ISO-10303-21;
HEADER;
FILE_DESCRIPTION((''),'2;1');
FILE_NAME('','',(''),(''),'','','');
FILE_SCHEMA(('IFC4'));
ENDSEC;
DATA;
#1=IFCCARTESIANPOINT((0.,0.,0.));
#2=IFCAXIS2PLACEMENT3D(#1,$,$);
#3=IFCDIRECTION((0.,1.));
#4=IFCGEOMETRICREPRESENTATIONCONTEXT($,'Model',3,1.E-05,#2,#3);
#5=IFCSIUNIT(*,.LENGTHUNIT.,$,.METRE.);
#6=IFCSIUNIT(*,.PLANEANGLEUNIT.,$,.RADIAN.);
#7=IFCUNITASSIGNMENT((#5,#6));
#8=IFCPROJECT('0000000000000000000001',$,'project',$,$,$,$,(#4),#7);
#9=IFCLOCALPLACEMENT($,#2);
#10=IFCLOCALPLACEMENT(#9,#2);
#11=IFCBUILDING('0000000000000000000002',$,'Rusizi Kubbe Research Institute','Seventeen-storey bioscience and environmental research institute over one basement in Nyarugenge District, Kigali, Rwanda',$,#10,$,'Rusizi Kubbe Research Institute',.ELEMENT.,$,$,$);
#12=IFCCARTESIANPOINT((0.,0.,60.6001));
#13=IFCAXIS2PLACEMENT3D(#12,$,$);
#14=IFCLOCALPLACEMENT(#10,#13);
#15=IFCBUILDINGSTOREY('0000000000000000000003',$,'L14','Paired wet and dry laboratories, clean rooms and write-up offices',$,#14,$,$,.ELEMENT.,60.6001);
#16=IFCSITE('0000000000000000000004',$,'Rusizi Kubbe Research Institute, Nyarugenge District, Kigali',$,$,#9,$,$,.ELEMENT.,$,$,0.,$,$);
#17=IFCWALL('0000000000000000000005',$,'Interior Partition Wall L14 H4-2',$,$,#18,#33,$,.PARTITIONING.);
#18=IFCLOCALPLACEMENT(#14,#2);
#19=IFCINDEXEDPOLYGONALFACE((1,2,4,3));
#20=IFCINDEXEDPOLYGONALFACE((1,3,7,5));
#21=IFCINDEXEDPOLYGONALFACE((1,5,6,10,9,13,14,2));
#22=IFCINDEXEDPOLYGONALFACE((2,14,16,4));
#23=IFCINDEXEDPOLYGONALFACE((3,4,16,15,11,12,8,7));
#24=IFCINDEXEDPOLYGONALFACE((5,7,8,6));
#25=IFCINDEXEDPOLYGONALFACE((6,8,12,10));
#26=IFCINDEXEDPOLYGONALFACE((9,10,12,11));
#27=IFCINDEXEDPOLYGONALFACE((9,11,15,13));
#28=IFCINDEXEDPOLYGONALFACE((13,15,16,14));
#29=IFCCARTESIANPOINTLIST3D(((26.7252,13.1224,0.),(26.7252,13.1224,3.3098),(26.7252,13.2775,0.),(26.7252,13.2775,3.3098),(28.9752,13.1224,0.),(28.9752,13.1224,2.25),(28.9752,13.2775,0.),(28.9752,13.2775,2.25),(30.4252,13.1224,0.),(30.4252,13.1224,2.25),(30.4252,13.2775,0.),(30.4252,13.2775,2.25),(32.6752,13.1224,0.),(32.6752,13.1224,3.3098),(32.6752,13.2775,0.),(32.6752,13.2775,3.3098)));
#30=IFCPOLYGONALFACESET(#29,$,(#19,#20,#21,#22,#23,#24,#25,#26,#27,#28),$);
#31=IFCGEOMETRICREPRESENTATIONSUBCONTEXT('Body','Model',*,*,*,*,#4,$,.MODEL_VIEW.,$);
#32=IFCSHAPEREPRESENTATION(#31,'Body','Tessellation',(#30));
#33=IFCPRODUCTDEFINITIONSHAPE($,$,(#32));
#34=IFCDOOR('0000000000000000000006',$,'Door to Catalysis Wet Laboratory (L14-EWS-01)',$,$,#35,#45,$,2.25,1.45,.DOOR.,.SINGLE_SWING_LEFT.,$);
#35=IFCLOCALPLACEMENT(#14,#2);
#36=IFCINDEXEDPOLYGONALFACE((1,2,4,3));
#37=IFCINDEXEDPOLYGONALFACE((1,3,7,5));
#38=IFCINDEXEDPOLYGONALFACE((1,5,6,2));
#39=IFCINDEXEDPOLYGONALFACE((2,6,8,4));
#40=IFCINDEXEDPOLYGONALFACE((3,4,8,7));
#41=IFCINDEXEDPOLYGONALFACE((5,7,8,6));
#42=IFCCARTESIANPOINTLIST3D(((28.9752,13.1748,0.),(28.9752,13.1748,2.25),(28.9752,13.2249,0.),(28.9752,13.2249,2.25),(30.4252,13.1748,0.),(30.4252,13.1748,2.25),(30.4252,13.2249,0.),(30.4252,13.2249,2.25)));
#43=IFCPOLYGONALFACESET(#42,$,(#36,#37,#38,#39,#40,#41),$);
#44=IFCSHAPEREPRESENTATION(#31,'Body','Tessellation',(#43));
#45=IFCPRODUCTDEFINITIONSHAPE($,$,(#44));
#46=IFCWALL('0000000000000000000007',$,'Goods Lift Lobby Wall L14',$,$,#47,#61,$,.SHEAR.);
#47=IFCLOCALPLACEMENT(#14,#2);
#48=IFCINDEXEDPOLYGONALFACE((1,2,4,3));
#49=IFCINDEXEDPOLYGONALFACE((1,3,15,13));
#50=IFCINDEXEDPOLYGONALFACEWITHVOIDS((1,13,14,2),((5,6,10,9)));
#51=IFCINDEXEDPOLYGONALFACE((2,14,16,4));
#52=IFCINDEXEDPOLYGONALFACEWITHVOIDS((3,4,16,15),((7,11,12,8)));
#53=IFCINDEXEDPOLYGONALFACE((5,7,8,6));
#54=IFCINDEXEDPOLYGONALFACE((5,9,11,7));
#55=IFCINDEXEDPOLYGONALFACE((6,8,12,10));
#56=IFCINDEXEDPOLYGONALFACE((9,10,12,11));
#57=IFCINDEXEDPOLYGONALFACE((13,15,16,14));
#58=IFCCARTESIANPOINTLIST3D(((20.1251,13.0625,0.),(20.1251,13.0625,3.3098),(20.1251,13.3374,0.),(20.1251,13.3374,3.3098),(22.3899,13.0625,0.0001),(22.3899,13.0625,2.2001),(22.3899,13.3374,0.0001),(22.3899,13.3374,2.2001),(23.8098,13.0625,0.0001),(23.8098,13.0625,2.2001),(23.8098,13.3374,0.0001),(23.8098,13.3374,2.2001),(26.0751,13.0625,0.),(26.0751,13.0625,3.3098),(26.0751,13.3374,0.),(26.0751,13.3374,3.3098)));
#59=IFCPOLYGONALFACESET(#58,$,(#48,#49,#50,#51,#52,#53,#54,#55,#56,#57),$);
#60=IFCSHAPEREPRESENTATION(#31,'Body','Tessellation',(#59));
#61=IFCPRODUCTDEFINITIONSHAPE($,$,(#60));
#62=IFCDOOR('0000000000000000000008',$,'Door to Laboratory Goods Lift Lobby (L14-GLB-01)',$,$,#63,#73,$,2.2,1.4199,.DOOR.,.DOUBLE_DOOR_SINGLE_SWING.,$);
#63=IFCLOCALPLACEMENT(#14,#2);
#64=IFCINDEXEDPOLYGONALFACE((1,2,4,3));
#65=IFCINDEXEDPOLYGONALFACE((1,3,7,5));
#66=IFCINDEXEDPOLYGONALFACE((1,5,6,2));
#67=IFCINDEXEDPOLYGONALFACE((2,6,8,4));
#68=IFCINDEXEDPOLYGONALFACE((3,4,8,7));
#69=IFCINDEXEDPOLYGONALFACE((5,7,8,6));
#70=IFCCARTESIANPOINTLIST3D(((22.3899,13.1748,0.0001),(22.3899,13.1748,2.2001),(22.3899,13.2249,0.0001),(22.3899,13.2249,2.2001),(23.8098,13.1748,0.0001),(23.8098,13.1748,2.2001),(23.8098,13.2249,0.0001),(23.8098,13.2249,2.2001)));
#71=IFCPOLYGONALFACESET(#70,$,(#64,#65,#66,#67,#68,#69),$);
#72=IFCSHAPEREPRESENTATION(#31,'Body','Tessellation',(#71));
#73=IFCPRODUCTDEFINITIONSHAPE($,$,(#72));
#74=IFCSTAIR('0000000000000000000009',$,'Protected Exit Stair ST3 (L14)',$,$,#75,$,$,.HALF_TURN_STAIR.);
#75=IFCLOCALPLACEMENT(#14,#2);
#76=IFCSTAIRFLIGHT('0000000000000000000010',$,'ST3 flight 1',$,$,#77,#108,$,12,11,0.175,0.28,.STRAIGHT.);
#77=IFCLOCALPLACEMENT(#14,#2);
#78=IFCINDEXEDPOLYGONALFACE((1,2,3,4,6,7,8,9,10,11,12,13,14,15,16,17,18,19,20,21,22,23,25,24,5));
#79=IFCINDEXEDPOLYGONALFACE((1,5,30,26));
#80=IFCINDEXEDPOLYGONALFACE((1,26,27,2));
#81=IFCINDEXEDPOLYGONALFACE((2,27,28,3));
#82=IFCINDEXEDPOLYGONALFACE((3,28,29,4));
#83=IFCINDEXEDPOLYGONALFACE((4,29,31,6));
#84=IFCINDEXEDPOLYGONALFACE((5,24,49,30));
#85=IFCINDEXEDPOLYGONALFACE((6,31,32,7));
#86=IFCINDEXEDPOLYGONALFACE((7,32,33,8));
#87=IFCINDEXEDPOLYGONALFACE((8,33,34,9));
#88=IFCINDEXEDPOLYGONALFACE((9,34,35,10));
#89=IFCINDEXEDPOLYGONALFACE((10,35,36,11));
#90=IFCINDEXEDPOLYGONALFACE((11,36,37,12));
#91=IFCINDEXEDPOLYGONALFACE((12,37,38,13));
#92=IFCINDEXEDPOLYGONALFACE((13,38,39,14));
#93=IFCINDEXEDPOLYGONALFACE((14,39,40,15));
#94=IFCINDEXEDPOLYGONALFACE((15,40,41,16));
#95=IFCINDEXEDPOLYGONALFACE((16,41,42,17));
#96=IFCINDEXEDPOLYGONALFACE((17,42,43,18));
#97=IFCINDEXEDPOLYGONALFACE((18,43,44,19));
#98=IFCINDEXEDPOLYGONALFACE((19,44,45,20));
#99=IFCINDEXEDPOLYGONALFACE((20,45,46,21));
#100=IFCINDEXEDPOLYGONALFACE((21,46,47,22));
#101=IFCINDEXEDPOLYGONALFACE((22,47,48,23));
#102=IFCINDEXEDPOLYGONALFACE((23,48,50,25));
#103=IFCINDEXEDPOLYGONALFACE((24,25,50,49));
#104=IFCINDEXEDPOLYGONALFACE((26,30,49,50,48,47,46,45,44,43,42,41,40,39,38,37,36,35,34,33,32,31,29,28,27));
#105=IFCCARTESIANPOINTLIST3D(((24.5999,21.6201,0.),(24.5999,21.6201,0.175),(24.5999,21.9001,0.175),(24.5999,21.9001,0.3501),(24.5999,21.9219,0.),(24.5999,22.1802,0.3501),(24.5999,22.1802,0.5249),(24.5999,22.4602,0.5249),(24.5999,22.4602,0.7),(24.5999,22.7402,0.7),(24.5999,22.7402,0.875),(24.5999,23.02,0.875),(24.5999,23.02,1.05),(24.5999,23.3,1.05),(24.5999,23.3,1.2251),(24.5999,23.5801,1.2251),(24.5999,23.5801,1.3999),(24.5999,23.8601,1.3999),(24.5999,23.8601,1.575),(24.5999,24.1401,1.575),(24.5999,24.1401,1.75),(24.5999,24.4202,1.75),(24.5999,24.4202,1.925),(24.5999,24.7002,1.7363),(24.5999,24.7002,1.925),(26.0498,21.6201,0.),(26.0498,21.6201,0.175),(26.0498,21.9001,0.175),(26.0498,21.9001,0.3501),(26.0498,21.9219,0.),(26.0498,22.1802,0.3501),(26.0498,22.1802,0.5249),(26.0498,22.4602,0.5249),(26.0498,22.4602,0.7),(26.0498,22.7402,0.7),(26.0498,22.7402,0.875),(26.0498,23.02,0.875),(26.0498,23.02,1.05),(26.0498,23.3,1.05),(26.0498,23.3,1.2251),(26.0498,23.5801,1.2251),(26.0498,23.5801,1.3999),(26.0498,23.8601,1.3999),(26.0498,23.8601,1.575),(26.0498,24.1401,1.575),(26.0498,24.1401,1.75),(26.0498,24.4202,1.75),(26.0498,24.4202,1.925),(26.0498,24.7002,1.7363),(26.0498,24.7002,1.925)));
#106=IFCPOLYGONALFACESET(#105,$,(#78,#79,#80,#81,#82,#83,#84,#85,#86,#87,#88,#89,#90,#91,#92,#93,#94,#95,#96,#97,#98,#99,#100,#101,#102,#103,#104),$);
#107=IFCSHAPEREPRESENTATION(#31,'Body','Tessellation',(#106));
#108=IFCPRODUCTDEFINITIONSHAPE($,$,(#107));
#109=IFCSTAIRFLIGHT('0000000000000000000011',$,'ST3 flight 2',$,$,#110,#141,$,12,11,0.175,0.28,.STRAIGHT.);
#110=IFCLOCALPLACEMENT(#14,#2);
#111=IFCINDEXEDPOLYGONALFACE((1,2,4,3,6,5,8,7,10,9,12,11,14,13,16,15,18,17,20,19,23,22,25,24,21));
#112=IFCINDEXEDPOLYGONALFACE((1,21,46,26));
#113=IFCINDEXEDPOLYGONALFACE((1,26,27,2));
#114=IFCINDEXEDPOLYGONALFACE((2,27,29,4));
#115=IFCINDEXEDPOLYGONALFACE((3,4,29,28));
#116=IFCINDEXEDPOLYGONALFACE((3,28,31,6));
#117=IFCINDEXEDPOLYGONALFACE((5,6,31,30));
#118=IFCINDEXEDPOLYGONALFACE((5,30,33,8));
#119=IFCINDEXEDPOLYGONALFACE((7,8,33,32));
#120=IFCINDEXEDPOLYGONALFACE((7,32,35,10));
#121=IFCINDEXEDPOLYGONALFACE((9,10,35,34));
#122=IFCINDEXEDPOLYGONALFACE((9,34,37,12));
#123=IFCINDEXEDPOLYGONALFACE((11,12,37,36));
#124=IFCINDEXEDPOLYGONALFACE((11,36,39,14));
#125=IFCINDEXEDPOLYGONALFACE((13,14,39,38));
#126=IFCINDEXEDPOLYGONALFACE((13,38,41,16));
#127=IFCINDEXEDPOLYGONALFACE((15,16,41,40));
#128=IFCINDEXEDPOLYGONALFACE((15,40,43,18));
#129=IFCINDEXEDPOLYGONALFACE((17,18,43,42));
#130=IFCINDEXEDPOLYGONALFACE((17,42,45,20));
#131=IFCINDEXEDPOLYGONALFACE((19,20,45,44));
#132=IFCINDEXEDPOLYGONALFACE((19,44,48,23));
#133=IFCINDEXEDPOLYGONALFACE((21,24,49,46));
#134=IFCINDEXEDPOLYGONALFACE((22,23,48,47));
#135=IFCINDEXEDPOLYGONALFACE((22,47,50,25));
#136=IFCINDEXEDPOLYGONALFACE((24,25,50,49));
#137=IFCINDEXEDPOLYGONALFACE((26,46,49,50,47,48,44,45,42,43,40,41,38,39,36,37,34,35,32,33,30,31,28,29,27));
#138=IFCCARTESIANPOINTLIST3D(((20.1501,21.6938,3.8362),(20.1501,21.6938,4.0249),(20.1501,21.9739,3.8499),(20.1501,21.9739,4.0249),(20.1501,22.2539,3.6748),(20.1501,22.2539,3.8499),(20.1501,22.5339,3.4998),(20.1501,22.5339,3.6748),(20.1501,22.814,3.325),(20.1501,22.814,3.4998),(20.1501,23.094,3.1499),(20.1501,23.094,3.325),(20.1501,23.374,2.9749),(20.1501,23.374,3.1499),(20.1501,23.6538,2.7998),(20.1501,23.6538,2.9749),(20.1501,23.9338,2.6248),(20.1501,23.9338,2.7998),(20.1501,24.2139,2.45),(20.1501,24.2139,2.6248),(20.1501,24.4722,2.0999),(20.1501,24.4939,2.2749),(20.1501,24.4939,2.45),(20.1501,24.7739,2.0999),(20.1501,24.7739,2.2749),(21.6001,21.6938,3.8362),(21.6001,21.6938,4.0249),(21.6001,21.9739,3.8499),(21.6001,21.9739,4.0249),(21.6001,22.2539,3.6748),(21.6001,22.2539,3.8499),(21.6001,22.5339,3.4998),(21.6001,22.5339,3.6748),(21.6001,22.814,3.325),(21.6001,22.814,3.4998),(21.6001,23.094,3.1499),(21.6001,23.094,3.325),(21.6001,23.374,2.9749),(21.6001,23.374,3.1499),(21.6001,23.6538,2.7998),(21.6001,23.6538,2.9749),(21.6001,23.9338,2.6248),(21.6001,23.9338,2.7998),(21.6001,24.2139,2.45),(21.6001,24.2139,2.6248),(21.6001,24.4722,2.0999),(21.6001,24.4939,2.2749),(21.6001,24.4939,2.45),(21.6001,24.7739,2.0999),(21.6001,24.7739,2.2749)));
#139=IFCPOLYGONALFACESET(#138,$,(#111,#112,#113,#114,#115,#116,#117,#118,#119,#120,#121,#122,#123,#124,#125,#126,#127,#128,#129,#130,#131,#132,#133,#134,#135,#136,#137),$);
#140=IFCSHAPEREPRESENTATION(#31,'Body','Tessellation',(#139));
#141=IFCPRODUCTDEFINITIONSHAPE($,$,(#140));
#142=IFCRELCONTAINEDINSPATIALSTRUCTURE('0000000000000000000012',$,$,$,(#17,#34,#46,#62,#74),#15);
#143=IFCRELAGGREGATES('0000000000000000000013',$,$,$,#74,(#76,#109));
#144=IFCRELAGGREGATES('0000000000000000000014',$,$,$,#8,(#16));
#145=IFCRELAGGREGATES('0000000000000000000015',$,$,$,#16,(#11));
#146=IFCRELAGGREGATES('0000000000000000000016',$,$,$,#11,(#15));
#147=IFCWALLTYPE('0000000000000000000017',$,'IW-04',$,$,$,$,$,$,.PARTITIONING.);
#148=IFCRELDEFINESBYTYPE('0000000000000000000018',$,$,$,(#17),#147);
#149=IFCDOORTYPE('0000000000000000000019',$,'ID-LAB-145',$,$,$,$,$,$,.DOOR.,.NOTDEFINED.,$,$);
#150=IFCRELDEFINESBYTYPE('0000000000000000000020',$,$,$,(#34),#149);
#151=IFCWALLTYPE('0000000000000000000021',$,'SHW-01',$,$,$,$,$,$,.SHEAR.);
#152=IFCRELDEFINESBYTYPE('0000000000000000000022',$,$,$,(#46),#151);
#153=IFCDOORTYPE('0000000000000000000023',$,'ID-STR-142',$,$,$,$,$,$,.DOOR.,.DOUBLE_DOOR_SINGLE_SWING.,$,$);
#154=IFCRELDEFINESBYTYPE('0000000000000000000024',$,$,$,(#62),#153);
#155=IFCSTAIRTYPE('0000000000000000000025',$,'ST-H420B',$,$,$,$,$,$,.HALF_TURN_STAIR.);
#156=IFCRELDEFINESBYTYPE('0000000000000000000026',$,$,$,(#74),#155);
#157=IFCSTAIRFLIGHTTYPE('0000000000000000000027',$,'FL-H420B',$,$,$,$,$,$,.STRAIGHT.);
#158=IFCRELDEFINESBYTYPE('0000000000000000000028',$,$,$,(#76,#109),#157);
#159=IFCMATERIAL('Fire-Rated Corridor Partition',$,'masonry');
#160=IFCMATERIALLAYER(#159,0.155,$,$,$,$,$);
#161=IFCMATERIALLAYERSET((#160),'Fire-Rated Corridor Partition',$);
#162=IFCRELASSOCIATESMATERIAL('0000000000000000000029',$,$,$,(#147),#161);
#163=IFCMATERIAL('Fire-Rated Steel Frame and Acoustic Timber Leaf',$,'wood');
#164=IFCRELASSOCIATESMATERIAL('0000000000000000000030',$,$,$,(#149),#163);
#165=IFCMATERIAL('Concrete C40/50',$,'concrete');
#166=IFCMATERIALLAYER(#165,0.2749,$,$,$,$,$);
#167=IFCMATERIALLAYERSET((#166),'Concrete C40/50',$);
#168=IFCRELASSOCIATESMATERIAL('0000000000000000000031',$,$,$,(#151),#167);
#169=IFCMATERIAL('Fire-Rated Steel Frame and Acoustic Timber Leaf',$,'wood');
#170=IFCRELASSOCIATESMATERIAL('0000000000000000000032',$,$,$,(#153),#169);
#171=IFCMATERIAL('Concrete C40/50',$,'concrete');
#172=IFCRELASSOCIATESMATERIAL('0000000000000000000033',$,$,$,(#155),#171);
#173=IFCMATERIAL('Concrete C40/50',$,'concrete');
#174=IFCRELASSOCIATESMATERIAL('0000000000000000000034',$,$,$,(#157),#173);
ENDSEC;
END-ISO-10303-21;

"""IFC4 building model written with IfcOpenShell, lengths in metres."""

from ifc_helpers import new_model, si_unit, direction, frame, frame_2d, origin, place, context, subcontext, project, spatial, polyline, rectangle, outline, extrude, material, layer, layer_set, type_object, element, fill, aggregate, save


model = new_model("IFC4")

# Units and contexts
model_context = context("Model", 3, precision=1e-05, world=origin(), true_north=direction((0.0, 1.0)))
body_context = subcontext(model_context, "Body", "Model", "MODEL_VIEW")
ifc_project = project(units=[si_unit("LENGTHUNIT", "METRE"), si_unit("PLANEANGLEUNIT", "RADIAN")], contexts=[model_context])

# Site, building, storey
site_placement = place(None, origin())
site = spatial("IfcSite", under=ifc_project, at=site_placement, Name="Rusizi Kubbe Research Institute, Nyarugenge District, Kigali", CompositionType="ELEMENT", RefElevation=0.0)
building_placement = place(site_placement, origin())
building = spatial("IfcBuilding", under=site, at=building_placement, Name="Rusizi Kubbe Research Institute", Description="Seventeen-storey bioscience and environmental research institute over one basement in Nyarugenge District, Kigali, Rwanda", LongName="Rusizi Kubbe Research Institute", CompositionType="ELEMENT")
storey_placement = place(building_placement, frame((0.0, 0.0, 60.6001)))
storey = spatial("IfcBuildingStorey", under=building, at=storey_placement, Name="L14", Description="Paired wet and dry laboratories, clean rooms and write-up offices", CompositionType="ELEMENT", Elevation=60.6001)

# Walls, openings, doors
ifc_material_1 = material(Name="Fire-Rated Corridor Partition", Category="masonry")
ifc_layer_1 = layer(ifc_material_1, 0.155)
ifc_layer_set_1 = layer_set([ifc_layer_1], Name="Fire-Rated Corridor Partition")
wall_type_1 = type_object("IfcWallType", Name="IW-04", PredefinedType="PARTITIONING", material=ifc_layer_set_1)
wall_1_placement = place(storey_placement, frame((26.7251, 13.2, 0.0), z_axis=(0.0, 0.0, 1.0), x_axis=(1.0, 0.0, 0.0)))
wall_1 = element("IfcWall", 1, at=wall_1_placement, inside=storey, type_object=wall_type_1, Name="Interior Partition Wall L14 H4-2", PredefinedType="PARTITIONING", context=body_context, shape_type="SweptSolid", body=[
    extrude(rectangle(XDim=5.95, YDim=0.155, at=frame_2d((2.9751, 0.0))), origin(), (0.0, 0.0, 1.0), 3.3098),
])
opening_1_placement = place(wall_1_placement, frame((2.25, 0.0, 0.0)))
opening_1 = element("IfcOpeningElement", 2, at=opening_1_placement, cuts=wall_1, PredefinedType="OPENING", context=body_context, shape_type="SweptSolid", body=[
    extrude(rectangle(XDim=1.45, YDim=2.25, at=frame_2d((0.7251, 1.125))), frame((0.0, 0.0874, 0.0), z_axis=(0.0, -1.0, 0.0), x_axis=(1.0, 0.0, 0.0)), (0.0, 0.0, 1.0), 0.175),
])
ifc_material_2 = material(Name="Fire-Rated Steel Frame and Acoustic Timber Leaf", Category="wood")
door_type_1 = type_object("IfcDoorType", Name="ID-LAB-145", OperationType="NOTDEFINED", PredefinedType="DOOR", material=ifc_material_2)
door_1_placement = place(opening_1_placement, origin())
door_1 = element("IfcDoor", 3, at=door_1_placement, inside=storey, type_object=door_type_1, Name="Door to Catalysis Wet Laboratory (L14-EWS-01)", OperationType="SINGLE_SWING_LEFT", OverallHeight=2.25, OverallWidth=1.45, PredefinedType="DOOR", context=body_context, shape_type="SweptSolid", body=[
    extrude(rectangle(XDim=1.45, YDim=2.25, at=frame_2d((0.7251, 1.125))), frame((0.0, 0.0249, 0.0), z_axis=(0.0, -1.0, 0.0), x_axis=(1.0, 0.0, 0.0)), (0.0, 0.0, 1.0), 0.05),
])
fill(opening_1, door_1)
ifc_material_3 = material(Name="Concrete C40/50", Category="concrete")
ifc_layer_2 = layer(ifc_material_3, 0.2749)
ifc_layer_set_2 = layer_set([ifc_layer_2], Name="Concrete C40/50")
wall_type_2 = type_object("IfcWallType", Name="SHW-01", PredefinedType="SHEAR", material=ifc_layer_set_2)
wall_2_placement = place(storey_placement, frame((20.125, 13.2, 0.0), z_axis=(0.0, 0.0, 1.0), x_axis=(1.0, 0.0, 0.0)))
wall_2 = element("IfcWall", 4, at=wall_2_placement, inside=storey, type_object=wall_type_2, Name="Goods Lift Lobby Wall L14", PredefinedType="SHEAR", context=body_context, shape_type="SweptSolid", body=[
    extrude(rectangle(XDim=5.95, YDim=0.2749, at=frame_2d((2.9751, 0.0))), origin(), (0.0, 0.0, 1.0), 3.3098),
])
opening_2_placement = place(wall_2_placement, frame((2.2649, 0.0, 0.0)))
opening_2 = element("IfcOpeningElement", 5, at=opening_2_placement, cuts=wall_2, PredefinedType="OPENING", context=body_context, shape_type="SweptSolid", body=[
    extrude(rectangle(XDim=1.4199, YDim=2.2, at=frame_2d((0.71, 1.1001))), frame((0.0, 0.1475, 0.0), z_axis=(0.0, -1.0, 0.0), x_axis=(1.0, 0.0, 0.0)), (0.0, 0.0, 1.0), 0.2949),
])
ifc_material_4 = material(Name="Fire-Rated Steel Frame and Acoustic Timber Leaf", Category="wood")
door_type_2 = type_object("IfcDoorType", Name="ID-STR-142", OperationType="DOUBLE_DOOR_SINGLE_SWING", PredefinedType="DOOR", material=ifc_material_4)
door_2_placement = place(opening_2_placement, origin())
door_2 = element("IfcDoor", 6, at=door_2_placement, inside=storey, type_object=door_type_2, Name="Door to Laboratory Goods Lift Lobby (L14-GLB-01)", OperationType="DOUBLE_DOOR_SINGLE_SWING", OverallHeight=2.2, OverallWidth=1.4199, PredefinedType="DOOR", context=body_context, shape_type="SweptSolid", body=[
    extrude(rectangle(XDim=1.4199, YDim=2.2, at=frame_2d((0.71, 1.1001))), frame((0.0, 0.0249, 0.0), z_axis=(0.0, -1.0, 0.0), x_axis=(1.0, 0.0, 0.0)), (0.0, 0.0, 1.0), 0.05),
])
fill(opening_2, door_2)

# Stair, stair flights
ifc_material_5 = material(Name="Concrete C40/50", Category="concrete")
stair_type = type_object("IfcStairType", Name="ST-H420B", PredefinedType="HALF_TURN_STAIR", material=ifc_material_5)
stair_placement = place(storey_placement, origin())
stair = element("IfcStair", 7, at=stair_placement, inside=storey, type_object=stair_type, Name="Protected Exit Stair ST3 (L14)", PredefinedType="HALF_TURN_STAIR")
ifc_material_6 = material(Name="Concrete C40/50", Category="concrete")
stair_flight_type = type_object("IfcStairFlightType", Name="FL-H420B", PredefinedType="STRAIGHT", material=ifc_material_6)
stair_flight_1_placement = place(storey_placement, frame((25.325, 21.6201, 0.0), z_axis=(0.0, 0.0, 1.0), x_axis=(0.0, 1.0, 0.0)))
stair_flight_1 = element("IfcStairFlight", 8, at=stair_flight_1_placement, type_object=stair_flight_type, Name="ST3 flight 1", NumberOfRisers=12, NumberOfTreads=11, PredefinedType="STRAIGHT", RiserHeight=0.175, TreadLength=0.28, context=body_context, shape_type="SweptSolid", body=[
    extrude(outline(polyline([(0.0, 0.0), (0.0, 0.175), (0.28, 0.175), (0.28, 0.3501), (0.5601, 0.3501), (0.5601, 0.5249), (0.8401, 0.5249), (0.8401, 0.7), (1.1201, 0.7), (1.1201, 0.875), (1.3999, 0.875), (1.3999, 1.05), (1.6799, 1.05), (1.6799, 1.2251), (1.96, 1.2251), (1.96, 1.3999), (2.24, 1.3999), (2.24, 1.575), (2.52, 1.575), (2.52, 1.75), (2.8, 1.75), (2.8, 1.925), (3.0801, 1.925), (3.0801, 2.1001), (3.0801, 1.7363), (0.3018, 0.0), (0.0, 0.0)])), frame((0.0, 0.7251, 0.0), z_axis=(0.0, -1.0, 0.0), x_axis=(1.0, 0.0, 0.0)), (0.0, 0.0, 1.0), 1.45),
])
stair_flight_2_placement = place(storey_placement, frame((20.875, 24.7739, 2.0999), z_axis=(0.0, 0.0, 1.0), x_axis=(0.0, -1.0, 0.0)))
stair_flight_2 = element("IfcStairFlight", 9, at=stair_flight_2_placement, type_object=stair_flight_type, Name="ST3 flight 2", NumberOfRisers=12, NumberOfTreads=11, PredefinedType="STRAIGHT", RiserHeight=0.175, TreadLength=0.28, context=body_context, shape_type="SweptSolid", body=[
    extrude(outline(polyline([(0.0, 0.0), (0.0, 0.175), (0.28, 0.175), (0.28, 0.3501), (0.5601, 0.3501), (0.5601, 0.5249), (0.8401, 0.5249), (0.8401, 0.7), (1.1201, 0.7), (1.1201, 0.875), (1.3999, 0.875), (1.3999, 1.05), (1.6799, 1.05), (1.6799, 1.2251), (1.96, 1.2251), (1.96, 1.3999), (2.24, 1.3999), (2.24, 1.575), (2.52, 1.575), (2.52, 1.75), (2.8, 1.75), (2.8, 1.925), (3.0801, 1.925), (3.0801, 2.1001), (3.0801, 1.7363), (0.3018, 0.0), (0.0, 0.0)])), frame((0.0, 0.7251, 0.0), z_axis=(0.0, -1.0, 0.0), x_axis=(1.0, 0.0, 0.0)), (0.0, 0.0, 1.0), 1.45),
])
aggregate(stair, [stair_flight_1, stair_flight_2])

save(model, "model.ifc")
